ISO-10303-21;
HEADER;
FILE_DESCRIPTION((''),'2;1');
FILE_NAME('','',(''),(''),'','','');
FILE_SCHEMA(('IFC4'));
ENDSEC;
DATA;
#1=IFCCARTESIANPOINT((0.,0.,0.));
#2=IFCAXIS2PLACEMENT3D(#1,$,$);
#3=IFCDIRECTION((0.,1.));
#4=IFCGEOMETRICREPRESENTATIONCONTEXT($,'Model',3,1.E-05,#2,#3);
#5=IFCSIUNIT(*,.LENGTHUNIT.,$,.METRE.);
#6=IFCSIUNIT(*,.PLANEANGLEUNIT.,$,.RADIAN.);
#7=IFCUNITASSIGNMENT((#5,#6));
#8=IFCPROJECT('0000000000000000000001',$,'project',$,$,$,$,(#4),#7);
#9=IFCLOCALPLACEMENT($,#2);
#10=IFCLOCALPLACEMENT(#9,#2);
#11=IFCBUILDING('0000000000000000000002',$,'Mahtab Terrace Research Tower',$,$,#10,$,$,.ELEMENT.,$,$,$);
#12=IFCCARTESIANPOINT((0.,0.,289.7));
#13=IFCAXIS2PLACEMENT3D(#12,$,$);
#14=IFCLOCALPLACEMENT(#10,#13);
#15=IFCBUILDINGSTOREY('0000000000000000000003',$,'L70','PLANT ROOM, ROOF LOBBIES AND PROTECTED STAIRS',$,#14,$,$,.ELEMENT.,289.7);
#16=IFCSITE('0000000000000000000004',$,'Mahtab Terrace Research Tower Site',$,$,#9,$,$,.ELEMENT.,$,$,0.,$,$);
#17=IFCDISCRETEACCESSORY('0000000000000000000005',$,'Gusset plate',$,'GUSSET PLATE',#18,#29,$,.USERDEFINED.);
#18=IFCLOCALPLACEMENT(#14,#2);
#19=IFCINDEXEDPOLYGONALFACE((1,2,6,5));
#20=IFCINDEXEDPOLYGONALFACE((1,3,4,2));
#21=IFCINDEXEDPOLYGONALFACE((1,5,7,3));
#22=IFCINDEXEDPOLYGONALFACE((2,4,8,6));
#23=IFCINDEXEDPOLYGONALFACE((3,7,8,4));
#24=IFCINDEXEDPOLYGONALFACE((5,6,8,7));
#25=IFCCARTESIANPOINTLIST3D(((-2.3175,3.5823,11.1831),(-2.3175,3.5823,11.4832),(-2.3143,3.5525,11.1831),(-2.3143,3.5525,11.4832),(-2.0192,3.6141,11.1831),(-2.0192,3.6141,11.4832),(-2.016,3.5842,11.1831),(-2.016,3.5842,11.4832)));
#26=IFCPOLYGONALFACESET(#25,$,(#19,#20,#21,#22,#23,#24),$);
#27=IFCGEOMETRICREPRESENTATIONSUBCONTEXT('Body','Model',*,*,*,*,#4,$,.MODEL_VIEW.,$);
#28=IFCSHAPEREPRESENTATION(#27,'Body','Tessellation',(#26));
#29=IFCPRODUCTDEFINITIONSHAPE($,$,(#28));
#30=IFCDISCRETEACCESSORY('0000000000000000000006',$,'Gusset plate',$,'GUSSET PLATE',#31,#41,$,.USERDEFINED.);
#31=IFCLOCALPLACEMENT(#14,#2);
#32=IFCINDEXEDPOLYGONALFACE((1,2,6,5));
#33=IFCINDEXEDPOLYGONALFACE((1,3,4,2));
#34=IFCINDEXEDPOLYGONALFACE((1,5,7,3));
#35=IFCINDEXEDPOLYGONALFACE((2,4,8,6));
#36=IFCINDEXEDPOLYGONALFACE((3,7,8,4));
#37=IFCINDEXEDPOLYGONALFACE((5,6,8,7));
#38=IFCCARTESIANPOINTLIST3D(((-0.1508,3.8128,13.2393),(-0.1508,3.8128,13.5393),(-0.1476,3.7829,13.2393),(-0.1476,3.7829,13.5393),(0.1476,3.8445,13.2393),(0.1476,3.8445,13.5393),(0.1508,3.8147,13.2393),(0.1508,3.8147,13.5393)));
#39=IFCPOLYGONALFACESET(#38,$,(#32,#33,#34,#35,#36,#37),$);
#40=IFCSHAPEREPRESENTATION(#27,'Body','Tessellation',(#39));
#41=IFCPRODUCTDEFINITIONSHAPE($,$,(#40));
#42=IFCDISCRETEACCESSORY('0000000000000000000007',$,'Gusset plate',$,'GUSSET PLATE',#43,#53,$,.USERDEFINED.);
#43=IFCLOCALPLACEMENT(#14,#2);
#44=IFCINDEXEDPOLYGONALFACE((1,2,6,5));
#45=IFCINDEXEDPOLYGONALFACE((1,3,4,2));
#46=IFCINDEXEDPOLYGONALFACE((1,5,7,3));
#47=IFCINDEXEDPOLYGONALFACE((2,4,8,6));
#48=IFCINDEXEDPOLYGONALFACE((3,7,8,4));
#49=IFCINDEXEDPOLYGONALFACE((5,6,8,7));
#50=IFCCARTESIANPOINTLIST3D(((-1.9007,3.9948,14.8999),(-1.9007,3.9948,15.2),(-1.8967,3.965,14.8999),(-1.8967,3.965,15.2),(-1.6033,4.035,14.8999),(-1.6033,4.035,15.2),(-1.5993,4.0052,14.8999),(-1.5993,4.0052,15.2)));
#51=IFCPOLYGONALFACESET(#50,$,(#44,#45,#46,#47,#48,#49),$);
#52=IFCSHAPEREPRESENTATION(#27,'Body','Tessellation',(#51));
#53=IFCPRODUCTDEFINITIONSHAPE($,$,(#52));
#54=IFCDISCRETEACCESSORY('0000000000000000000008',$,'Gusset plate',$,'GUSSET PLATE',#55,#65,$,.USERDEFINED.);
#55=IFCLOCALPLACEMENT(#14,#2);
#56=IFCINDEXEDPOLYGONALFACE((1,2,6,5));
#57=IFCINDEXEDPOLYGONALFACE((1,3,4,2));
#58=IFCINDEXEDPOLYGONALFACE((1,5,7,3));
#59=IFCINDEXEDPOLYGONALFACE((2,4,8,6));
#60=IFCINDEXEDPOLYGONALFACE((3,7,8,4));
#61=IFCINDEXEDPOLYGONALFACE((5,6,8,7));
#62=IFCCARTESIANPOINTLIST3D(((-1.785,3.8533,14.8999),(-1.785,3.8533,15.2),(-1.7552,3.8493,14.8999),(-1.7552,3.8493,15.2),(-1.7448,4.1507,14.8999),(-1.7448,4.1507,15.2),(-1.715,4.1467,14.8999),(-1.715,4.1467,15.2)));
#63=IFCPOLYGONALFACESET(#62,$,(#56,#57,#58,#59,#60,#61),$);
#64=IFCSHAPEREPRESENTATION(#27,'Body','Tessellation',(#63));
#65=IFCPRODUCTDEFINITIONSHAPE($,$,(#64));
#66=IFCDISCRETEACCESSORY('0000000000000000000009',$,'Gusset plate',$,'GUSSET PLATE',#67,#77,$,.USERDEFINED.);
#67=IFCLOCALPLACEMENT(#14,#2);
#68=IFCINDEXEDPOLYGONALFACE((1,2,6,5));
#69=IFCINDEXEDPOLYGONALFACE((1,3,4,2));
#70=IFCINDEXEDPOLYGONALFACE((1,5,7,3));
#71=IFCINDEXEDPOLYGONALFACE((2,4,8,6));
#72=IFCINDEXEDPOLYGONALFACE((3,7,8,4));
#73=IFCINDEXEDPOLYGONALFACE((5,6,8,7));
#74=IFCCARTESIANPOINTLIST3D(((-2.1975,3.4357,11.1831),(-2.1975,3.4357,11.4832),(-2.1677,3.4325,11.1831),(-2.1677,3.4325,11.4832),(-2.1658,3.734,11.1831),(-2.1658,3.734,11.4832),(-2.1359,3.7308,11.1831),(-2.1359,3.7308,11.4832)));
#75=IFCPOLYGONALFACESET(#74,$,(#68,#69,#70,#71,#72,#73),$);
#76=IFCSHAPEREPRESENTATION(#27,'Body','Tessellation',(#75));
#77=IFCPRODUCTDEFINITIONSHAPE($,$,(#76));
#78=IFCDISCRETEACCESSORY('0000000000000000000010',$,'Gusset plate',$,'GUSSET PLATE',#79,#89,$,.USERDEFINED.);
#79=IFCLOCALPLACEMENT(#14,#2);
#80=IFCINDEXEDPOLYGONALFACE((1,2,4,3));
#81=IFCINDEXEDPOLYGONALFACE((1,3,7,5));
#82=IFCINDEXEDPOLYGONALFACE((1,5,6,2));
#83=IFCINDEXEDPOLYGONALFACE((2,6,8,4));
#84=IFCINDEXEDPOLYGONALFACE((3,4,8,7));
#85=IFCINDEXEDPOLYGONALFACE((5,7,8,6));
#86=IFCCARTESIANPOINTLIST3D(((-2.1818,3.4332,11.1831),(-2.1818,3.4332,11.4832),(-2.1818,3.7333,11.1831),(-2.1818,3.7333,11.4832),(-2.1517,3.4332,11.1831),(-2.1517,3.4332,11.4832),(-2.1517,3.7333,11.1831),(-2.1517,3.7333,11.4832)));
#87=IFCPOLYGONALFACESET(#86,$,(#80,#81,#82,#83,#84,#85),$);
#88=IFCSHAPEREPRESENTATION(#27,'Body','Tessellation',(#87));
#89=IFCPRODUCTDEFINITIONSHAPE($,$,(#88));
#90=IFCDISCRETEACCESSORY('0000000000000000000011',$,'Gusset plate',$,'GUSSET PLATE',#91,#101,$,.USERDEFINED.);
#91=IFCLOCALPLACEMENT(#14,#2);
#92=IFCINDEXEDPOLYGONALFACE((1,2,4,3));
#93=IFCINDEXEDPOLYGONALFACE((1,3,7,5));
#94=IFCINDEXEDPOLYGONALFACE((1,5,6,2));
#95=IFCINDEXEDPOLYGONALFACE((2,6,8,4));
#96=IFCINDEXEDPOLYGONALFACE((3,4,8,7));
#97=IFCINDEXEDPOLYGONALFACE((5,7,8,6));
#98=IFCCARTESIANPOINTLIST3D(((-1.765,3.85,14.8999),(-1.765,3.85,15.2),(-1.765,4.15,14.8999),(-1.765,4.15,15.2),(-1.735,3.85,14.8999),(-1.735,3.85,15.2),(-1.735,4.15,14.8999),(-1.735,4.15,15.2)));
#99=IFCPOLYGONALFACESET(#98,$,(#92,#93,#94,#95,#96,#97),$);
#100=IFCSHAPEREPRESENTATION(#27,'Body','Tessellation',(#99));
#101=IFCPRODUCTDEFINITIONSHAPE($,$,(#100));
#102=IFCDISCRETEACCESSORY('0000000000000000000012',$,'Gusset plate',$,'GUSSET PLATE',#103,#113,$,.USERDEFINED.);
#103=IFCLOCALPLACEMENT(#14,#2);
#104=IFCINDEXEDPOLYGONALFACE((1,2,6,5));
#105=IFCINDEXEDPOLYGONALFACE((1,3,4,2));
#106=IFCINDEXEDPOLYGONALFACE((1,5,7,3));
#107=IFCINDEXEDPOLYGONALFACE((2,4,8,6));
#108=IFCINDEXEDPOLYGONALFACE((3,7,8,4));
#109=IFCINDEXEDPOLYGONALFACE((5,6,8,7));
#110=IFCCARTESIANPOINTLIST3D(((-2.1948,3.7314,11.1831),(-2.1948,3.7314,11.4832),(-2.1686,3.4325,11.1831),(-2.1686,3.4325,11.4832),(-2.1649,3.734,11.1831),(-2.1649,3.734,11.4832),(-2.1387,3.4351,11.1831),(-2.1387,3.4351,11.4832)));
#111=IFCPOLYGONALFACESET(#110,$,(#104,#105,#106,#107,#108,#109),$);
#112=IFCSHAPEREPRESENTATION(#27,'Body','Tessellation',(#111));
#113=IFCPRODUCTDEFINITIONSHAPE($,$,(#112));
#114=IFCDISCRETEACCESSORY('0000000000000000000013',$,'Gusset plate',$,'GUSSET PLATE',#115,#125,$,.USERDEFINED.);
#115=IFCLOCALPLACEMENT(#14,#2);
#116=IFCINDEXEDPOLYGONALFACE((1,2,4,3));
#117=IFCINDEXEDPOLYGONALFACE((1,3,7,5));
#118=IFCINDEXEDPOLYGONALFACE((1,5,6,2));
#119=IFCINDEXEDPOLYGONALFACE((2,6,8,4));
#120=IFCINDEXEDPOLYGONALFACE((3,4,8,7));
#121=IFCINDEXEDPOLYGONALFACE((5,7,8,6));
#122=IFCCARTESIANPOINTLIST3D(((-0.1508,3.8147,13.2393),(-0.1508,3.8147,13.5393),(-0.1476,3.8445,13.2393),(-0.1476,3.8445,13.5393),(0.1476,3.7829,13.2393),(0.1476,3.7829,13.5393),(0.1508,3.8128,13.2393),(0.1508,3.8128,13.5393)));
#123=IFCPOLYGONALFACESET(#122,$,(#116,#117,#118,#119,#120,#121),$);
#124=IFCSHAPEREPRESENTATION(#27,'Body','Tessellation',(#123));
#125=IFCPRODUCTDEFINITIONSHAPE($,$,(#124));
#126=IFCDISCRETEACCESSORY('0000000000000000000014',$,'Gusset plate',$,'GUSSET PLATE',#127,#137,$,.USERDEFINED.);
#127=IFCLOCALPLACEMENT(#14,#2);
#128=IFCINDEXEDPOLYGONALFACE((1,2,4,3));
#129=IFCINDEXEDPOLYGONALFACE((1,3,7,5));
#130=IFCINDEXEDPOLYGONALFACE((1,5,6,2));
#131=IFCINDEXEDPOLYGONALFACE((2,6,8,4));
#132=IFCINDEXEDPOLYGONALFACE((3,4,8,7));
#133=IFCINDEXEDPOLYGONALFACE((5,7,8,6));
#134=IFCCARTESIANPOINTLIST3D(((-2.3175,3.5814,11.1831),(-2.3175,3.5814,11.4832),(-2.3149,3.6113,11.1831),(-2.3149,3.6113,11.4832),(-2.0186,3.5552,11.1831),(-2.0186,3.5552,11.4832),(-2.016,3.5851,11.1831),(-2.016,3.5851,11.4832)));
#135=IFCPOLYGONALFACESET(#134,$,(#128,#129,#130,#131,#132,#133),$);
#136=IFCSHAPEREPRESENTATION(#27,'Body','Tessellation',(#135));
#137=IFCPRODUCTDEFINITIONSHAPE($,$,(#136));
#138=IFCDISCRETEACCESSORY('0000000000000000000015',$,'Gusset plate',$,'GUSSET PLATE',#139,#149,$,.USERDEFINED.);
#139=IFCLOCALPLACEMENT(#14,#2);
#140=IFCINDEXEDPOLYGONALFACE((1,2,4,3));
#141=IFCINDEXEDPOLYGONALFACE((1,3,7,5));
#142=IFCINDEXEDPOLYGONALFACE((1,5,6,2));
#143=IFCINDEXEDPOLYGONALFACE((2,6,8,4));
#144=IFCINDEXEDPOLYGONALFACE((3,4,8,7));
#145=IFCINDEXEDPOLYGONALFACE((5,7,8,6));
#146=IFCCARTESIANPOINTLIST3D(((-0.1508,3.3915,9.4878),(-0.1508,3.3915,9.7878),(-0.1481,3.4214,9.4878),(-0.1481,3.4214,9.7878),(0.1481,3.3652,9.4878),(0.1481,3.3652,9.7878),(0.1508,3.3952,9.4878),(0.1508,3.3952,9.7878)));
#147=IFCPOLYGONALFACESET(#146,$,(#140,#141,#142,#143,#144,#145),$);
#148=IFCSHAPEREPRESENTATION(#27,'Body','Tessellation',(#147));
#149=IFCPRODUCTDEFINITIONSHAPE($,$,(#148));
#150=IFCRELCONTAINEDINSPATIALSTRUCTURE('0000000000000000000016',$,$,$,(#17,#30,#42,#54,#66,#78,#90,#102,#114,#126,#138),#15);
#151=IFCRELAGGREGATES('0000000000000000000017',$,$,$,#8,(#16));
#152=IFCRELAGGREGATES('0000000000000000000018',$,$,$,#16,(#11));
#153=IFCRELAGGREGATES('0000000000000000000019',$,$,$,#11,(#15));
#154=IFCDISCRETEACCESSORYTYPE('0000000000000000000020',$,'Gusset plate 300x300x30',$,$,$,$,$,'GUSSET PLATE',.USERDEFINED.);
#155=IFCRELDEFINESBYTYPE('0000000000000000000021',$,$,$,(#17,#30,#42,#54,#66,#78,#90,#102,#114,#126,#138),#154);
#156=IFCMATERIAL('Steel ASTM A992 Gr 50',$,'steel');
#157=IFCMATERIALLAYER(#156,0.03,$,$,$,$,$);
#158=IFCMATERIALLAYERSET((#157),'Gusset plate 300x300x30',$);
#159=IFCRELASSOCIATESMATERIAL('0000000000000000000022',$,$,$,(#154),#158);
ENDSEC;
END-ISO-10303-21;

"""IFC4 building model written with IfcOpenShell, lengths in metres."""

from ifc_helpers import new_model, si_unit, direction, frame, origin, origin_2d, place, context, subcontext, project, spatial, rectangle, extrude, material, layer, layer_set, type_object, element, save


model = new_model("IFC4")

# Units and contexts
model_context = context("Model", 3, precision=1e-05, world=origin(), true_north=direction((0.0, 1.0)))
body_context = subcontext(model_context, "Body", "Model", "MODEL_VIEW")
ifc_project = project(units=[si_unit("LENGTHUNIT", "METRE"), si_unit("PLANEANGLEUNIT", "RADIAN")], contexts=[model_context])

# Site, building, storey
site_placement = place(None, origin())
site = spatial("IfcSite", under=ifc_project, at=site_placement, Name="Mahtab Terrace Research Tower Site", CompositionType="ELEMENT", RefElevation=0.0)
building_placement = place(site_placement, origin())
building = spatial("IfcBuilding", under=site, at=building_placement, Name="Mahtab Terrace Research Tower", CompositionType="ELEMENT")
storey_placement = place(building_placement, frame((0.0, 0.0, 289.7)))
storey = spatial("IfcBuildingStorey", under=building, at=storey_placement, Name="L70", Description="PLANT ROOM, ROOF LOBBIES AND PROTECTED STAIRS", CompositionType="ELEMENT", Elevation=289.7)

# Discrete accessories
ifc_material_1 = material(Name="Steel ASTM A992 Gr 50", Category="steel")
ifc_layer = layer(ifc_material_1, 0.03)
ifc_layer_set = layer_set([ifc_layer], Name="Gusset plate 300x300x30")
discrete_accessory_type = type_object("IfcDiscreteAccessoryType", Name="Gusset plate 300x300x30", ElementType="GUSSET PLATE", PredefinedType="USERDEFINED", material=ifc_layer_set)
for number, where, z_axis, x_axis, name in (
    (1, (-2.1667, 3.5833, 11.1831), (0.0, 0.0, 1.0), (0.99439, 0.105778, 0.0), "Gusset plate"),
    (2, (0.0, 3.8137, 13.2393), (0.0, 0.0, 1.0), (0.99439, 0.105778, 0.0), "Gusset plate"),
    (3, (-1.75, 4.0, 14.8999), (0.0, 0.0, 1.0), (0.990993, 0.133917, 0.0), "Gusset plate"),
    (4, (-1.75, 4.0, 14.8999), (0.0, 0.0, 1.0), (0.133917, 0.990993, 0.0), "Gusset plate"),
    (5, (-2.1667, 3.5833, 11.1831), (0.0, 0.0, 1.0), (0.105778, 0.99439, 0.0), "Gusset plate"),
    (6, (-2.1667, 3.5833, 11.1831), (0.0, 0.0, 1.0), (0.0, 1.0, 0.0), "Gusset plate"),
    (7, (-1.75, 4.0, 14.8999), (0.0, 0.0, 1.0), (0.0, 1.0, 0.0), "Gusset plate"),
    (8, (-2.1667, 3.5833, 11.1831), (0.0, 0.0, 1.0), (-0.087382, 0.996175, 0.0), "Gusset plate"),
    (9, (0.0, 3.8137, 13.2393), (0.0, 0.0, 1.0), (-0.99439, 0.105778, 0.0), "Gusset plate"),
    (10, (-2.1667, 3.5833, 11.1831), (0.0, 0.0, 1.0), (-0.996176, 0.087364, 0.0), "Gusset plate"),
    (11, (0.0, 3.3933, 9.4878), (0.0, 0.0, 1.0), (-0.996173, 0.087399, 0.0), "Gusset plate"),
):
    element("IfcDiscreteAccessory", number, at=place(storey_placement, frame(where, z_axis=z_axis, x_axis=x_axis)), inside=storey, type_object=discrete_accessory_type, Name=name, ObjectType="GUSSET PLATE", PredefinedType="USERDEFINED", context=body_context, shape_type="SweptSolid", body=[
        extrude(rectangle(XDim=0.3, YDim=0.03, at=origin_2d()), origin(), (0.0, 0.0, 1.0), 0.3),
    ])

save(model, "model.ifc")
